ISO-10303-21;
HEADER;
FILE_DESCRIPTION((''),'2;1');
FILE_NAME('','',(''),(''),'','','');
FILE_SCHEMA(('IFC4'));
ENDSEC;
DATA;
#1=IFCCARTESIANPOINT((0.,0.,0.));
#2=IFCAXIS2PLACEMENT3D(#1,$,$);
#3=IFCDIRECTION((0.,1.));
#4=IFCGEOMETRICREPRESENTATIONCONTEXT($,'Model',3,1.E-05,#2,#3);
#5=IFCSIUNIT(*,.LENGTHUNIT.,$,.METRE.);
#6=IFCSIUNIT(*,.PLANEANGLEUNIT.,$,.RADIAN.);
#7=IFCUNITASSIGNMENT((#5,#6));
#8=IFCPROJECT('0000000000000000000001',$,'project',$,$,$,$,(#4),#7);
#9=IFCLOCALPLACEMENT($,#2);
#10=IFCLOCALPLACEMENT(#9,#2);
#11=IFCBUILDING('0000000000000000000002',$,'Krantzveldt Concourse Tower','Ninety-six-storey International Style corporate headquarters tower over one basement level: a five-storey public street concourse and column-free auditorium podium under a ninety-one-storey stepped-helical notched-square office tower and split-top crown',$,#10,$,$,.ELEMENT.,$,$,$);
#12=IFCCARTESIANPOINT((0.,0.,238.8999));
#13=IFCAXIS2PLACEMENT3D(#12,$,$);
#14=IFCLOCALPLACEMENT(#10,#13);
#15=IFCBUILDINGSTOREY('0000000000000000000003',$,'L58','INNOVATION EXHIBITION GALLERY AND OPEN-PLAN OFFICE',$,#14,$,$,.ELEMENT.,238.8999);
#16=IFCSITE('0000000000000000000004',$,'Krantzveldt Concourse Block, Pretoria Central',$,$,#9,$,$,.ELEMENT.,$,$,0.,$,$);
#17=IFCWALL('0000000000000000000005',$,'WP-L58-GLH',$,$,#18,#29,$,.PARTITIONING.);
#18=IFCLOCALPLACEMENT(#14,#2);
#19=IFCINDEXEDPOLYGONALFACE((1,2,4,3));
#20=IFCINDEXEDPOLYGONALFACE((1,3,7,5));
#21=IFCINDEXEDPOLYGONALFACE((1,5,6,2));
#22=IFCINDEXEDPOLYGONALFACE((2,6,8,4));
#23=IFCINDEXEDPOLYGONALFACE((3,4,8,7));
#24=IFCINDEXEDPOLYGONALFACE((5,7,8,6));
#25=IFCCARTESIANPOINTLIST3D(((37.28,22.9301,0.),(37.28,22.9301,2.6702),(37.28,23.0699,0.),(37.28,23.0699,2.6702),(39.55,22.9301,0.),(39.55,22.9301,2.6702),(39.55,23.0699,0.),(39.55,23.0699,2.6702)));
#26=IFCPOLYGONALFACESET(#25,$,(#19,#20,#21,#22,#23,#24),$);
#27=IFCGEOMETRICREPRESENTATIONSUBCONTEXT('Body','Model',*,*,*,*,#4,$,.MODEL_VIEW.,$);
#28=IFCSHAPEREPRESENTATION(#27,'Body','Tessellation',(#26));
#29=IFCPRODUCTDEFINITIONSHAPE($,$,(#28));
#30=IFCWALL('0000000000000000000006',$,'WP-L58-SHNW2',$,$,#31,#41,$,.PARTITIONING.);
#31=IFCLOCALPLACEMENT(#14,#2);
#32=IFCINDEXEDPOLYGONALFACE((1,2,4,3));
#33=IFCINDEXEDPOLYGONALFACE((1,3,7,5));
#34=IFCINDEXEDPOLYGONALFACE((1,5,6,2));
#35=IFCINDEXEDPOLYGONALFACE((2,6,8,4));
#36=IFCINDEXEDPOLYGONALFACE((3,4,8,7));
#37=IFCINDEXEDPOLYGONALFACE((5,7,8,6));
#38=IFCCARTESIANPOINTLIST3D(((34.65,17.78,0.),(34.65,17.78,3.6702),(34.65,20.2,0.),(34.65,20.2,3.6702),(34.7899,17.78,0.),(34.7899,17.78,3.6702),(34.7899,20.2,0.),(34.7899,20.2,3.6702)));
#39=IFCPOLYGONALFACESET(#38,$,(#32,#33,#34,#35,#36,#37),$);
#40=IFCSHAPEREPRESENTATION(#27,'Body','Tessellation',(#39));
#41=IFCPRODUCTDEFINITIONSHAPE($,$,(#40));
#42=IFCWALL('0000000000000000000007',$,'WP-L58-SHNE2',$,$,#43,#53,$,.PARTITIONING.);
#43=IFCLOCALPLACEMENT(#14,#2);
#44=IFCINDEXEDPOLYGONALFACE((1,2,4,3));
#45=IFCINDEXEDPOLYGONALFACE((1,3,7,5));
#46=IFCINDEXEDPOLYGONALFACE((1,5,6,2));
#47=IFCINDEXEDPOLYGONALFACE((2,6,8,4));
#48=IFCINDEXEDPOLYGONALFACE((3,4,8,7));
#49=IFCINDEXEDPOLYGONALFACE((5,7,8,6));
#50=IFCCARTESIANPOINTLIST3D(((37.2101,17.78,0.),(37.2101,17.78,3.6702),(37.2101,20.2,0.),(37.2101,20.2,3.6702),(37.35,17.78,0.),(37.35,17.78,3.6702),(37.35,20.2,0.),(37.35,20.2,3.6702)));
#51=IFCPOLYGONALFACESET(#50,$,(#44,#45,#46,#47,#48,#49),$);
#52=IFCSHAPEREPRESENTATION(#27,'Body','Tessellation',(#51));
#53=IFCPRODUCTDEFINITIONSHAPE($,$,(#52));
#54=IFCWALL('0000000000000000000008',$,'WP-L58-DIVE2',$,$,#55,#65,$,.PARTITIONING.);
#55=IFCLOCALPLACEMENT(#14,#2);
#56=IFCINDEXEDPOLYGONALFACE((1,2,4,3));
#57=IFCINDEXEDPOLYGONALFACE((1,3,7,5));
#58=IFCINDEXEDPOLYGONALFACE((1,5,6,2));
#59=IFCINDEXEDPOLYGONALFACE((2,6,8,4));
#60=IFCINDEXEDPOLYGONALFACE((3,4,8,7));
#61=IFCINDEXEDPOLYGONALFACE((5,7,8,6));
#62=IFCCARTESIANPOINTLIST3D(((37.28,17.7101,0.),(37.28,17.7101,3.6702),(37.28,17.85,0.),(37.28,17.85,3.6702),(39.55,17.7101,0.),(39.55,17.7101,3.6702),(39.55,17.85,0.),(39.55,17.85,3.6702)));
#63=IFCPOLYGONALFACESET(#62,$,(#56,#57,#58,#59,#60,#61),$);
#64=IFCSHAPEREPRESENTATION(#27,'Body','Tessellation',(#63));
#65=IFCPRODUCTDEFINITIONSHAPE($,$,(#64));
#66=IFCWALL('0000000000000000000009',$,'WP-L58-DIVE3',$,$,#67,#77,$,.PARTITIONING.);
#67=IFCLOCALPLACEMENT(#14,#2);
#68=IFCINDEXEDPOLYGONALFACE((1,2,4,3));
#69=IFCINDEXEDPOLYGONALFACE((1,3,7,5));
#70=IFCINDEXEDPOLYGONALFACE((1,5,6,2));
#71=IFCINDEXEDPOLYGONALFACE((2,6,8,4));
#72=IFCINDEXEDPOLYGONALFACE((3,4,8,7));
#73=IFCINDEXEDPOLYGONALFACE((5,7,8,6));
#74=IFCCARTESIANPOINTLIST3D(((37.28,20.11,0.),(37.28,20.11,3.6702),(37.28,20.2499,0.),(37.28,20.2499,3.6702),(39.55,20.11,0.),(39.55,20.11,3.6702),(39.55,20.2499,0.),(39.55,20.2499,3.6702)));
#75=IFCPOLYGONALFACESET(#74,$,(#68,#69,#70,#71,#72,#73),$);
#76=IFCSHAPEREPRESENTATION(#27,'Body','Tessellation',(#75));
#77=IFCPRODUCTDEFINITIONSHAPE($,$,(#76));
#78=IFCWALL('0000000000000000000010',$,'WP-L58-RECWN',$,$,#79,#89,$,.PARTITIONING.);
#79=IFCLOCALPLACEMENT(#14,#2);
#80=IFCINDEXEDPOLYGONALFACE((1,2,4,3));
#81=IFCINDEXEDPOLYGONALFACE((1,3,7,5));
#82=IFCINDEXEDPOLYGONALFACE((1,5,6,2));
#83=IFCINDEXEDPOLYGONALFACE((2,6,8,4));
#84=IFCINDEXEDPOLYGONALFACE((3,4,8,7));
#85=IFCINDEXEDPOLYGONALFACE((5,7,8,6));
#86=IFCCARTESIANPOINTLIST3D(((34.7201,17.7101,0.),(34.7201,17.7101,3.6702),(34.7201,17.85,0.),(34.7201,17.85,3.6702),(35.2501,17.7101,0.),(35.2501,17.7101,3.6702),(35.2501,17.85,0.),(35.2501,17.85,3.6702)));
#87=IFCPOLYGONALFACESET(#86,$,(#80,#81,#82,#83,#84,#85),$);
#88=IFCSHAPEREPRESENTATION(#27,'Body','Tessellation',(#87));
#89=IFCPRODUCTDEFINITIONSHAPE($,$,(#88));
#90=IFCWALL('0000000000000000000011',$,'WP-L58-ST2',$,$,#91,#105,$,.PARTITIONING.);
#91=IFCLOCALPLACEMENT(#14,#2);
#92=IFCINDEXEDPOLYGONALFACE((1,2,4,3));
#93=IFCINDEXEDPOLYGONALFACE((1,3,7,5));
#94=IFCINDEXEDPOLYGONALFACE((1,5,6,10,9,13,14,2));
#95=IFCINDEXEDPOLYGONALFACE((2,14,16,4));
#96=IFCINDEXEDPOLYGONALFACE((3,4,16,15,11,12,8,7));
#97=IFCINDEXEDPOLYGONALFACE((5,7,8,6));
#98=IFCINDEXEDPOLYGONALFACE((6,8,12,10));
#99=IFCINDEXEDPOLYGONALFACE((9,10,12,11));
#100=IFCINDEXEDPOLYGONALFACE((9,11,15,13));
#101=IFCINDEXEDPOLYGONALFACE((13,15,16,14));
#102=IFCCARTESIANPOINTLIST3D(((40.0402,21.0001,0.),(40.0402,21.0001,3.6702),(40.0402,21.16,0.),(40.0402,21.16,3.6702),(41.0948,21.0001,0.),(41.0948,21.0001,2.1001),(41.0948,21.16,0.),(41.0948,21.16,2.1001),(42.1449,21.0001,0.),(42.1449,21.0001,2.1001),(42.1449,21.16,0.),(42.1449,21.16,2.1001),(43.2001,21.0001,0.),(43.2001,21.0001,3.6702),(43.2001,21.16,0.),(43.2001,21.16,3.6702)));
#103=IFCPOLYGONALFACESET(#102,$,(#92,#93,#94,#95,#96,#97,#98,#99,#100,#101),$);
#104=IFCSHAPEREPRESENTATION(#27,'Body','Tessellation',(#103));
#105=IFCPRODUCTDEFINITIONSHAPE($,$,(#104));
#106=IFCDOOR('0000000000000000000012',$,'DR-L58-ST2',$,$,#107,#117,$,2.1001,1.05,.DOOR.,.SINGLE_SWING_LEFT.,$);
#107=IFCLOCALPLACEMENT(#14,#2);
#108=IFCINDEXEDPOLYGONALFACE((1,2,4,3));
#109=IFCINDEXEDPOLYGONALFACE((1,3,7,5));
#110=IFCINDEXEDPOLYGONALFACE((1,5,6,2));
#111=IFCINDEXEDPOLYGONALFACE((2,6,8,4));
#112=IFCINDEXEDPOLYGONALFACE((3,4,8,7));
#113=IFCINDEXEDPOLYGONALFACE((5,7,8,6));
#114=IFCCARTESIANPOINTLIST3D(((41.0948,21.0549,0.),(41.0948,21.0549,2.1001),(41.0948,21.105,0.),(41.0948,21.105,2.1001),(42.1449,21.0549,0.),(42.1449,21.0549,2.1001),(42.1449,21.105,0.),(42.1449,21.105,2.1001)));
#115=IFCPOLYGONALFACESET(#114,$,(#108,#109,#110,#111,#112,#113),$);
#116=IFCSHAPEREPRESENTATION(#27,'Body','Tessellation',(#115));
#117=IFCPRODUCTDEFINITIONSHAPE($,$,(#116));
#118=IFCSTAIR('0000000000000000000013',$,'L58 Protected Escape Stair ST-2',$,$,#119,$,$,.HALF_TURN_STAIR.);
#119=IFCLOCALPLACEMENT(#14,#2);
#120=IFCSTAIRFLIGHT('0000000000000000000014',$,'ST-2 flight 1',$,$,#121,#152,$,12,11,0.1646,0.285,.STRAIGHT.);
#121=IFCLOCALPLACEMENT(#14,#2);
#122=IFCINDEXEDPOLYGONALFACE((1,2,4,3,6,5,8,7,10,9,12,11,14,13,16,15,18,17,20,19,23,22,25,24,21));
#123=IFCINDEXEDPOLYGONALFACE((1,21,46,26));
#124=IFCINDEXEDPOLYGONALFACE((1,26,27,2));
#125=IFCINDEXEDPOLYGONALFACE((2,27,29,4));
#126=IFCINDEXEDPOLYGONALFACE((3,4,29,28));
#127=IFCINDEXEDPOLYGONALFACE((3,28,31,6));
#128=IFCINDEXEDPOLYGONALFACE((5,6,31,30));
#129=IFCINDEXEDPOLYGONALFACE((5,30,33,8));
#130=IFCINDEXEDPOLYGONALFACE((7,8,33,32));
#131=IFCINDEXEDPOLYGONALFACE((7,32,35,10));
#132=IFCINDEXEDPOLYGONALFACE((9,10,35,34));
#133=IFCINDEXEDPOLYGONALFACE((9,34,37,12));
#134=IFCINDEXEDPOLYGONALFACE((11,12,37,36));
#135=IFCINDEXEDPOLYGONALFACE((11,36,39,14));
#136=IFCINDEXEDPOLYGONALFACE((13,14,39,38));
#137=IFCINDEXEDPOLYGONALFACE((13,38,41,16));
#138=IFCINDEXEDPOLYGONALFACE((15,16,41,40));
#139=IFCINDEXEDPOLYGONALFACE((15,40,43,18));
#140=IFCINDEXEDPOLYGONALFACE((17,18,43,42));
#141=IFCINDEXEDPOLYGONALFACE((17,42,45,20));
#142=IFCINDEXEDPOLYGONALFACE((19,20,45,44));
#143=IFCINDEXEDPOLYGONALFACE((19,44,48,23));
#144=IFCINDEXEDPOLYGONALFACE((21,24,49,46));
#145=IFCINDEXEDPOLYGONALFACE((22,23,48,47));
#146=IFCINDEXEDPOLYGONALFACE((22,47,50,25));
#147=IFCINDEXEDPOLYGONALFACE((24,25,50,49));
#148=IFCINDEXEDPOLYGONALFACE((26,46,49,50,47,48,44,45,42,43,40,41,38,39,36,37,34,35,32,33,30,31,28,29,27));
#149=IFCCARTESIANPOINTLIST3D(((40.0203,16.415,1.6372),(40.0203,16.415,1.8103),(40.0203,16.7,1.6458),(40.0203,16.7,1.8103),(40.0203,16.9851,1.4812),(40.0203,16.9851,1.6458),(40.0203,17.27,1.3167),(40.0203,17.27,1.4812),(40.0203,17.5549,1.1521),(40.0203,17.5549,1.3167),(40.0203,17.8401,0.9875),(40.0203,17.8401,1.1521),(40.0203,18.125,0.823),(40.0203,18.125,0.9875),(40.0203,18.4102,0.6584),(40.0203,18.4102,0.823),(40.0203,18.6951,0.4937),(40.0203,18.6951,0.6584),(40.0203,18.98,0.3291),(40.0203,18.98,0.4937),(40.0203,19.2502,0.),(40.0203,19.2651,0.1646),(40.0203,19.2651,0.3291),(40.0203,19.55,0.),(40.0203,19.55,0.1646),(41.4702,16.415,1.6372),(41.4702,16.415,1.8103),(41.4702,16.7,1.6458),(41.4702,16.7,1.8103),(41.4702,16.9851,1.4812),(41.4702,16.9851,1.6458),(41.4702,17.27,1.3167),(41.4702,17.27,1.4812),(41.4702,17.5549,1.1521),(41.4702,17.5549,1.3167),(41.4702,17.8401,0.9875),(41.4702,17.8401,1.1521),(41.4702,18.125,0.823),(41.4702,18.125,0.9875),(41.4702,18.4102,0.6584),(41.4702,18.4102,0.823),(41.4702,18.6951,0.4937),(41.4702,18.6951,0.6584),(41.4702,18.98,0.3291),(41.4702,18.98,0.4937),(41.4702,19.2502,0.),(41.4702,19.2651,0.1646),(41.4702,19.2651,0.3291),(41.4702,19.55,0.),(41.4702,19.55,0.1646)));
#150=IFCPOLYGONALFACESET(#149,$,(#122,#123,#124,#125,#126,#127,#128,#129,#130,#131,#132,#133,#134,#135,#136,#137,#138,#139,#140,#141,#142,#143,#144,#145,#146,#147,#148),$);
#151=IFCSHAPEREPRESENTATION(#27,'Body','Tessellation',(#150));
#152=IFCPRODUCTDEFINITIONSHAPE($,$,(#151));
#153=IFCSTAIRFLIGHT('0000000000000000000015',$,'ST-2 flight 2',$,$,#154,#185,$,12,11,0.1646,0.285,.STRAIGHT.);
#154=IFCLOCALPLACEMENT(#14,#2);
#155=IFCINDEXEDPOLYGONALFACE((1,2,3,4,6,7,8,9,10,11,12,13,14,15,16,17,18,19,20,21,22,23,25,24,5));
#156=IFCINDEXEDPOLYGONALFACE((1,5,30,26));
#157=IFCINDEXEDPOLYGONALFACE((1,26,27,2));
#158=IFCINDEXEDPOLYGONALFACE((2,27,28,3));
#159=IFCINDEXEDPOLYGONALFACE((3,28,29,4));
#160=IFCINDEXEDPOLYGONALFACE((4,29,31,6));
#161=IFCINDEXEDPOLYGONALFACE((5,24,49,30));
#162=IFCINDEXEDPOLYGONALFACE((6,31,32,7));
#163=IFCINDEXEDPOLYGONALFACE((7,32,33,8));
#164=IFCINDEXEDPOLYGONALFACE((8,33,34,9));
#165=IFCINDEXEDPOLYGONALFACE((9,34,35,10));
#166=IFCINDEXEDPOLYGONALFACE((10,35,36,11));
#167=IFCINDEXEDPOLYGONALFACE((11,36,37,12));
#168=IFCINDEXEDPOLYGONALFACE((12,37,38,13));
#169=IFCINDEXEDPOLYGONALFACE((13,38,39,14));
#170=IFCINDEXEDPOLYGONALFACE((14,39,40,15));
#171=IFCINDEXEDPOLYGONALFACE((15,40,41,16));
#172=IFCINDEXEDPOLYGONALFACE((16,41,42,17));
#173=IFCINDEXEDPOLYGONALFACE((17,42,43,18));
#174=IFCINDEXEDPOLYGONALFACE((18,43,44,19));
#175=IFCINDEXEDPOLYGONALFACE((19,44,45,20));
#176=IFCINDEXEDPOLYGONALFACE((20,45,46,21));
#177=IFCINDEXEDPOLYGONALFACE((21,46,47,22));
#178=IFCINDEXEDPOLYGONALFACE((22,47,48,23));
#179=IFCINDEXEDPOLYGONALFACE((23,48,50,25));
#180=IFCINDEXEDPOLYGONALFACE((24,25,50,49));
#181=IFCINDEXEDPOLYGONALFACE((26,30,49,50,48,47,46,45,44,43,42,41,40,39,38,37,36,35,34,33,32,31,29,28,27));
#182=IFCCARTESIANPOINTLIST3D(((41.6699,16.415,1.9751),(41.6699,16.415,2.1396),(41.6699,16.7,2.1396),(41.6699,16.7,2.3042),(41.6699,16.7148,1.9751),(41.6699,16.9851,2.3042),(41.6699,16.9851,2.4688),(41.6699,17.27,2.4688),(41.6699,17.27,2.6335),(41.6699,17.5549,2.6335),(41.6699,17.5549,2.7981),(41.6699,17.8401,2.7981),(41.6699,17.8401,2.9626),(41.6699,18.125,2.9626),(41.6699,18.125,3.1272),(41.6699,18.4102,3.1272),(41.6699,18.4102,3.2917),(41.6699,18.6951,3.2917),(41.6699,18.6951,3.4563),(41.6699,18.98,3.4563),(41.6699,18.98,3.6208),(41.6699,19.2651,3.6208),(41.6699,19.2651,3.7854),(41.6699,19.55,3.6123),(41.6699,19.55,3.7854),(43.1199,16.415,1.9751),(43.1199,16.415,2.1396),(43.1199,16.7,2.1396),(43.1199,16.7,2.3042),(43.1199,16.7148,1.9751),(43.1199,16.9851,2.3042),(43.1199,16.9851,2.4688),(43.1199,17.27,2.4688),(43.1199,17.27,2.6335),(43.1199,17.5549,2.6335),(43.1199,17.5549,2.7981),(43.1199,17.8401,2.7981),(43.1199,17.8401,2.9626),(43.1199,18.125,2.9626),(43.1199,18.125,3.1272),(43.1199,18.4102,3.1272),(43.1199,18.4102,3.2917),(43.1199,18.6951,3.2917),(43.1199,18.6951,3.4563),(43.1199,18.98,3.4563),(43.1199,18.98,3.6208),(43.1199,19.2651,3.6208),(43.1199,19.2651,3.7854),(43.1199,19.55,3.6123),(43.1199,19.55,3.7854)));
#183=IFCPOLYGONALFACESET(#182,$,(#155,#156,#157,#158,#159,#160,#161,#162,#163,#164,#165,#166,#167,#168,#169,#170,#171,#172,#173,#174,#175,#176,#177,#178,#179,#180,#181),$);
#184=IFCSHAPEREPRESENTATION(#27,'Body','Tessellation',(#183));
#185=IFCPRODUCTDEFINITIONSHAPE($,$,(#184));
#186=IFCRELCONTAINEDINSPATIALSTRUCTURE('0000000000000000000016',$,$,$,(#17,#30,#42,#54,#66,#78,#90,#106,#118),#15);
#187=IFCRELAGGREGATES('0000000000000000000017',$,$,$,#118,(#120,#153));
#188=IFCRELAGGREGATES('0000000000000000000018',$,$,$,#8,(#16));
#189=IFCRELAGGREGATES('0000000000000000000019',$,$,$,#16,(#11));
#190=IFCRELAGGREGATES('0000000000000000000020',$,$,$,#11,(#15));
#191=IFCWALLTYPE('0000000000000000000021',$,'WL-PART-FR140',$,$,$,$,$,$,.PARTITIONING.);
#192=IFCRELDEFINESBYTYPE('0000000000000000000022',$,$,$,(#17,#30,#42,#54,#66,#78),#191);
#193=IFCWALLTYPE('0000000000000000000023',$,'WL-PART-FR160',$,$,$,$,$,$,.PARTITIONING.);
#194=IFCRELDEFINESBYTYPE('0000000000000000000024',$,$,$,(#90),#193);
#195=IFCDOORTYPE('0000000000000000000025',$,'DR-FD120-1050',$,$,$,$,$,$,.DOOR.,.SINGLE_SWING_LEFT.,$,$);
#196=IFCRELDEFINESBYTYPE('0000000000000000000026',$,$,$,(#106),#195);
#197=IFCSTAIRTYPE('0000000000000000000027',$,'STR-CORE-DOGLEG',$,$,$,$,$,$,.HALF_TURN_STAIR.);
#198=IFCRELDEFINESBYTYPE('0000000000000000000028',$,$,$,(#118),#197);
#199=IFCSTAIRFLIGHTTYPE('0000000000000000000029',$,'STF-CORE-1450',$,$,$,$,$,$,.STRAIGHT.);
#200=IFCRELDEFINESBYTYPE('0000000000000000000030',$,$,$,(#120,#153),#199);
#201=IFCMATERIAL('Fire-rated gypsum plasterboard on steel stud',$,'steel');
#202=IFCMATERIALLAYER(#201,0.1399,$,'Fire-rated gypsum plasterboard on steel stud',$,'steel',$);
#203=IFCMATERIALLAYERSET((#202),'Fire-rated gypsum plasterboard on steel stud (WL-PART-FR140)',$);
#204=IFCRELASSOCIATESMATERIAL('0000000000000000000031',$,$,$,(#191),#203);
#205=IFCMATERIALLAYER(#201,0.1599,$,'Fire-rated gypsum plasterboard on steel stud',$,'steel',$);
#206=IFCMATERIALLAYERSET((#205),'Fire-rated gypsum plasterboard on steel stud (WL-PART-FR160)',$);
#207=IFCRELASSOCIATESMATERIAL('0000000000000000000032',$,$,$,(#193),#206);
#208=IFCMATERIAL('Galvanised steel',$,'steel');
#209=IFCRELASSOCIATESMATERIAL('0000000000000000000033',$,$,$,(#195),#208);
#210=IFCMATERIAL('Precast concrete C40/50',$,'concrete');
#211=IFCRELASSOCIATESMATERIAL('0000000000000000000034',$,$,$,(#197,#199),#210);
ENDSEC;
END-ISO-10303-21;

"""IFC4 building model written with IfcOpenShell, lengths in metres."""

from ifc_helpers import new_model, si_unit, direction, frame, frame_2d, origin, place, context, subcontext, project, spatial, polyline, rectangle, outline, extrude, material, layer, layer_set, type_object, element, fill, aggregate, save


model = new_model("IFC4")

# Units and contexts
model_context = context("Model", 3, precision=1e-05, world=origin(), true_north=direction((0.0, 1.0)))
body_context = subcontext(model_context, "Body", "Model", "MODEL_VIEW")
ifc_project = project(units=[si_unit("LENGTHUNIT", "METRE"), si_unit("PLANEANGLEUNIT", "RADIAN")], contexts=[model_context])

# Site, building, storey
site_placement = place(None, origin())
site = spatial("IfcSite", under=ifc_project, at=site_placement, Name="Krantzveldt Concourse Block, Pretoria Central", CompositionType="ELEMENT", RefElevation=0.0)
building_placement = place(site_placement, origin())
building = spatial("IfcBuilding", under=site, at=building_placement, Name="Krantzveldt Concourse Tower", Description="Ninety-six-storey International Style corporate headquarters tower over one basement level: a five-storey public street concourse and column-free auditorium podium under a ninety-one-storey stepped-helical notched-square office tower and split-top crown", CompositionType="ELEMENT")
storey_placement = place(building_placement, frame((0.0, 0.0, 238.8999)))
storey = spatial("IfcBuildingStorey", under=building, at=storey_placement, Name="L58", Description="INNOVATION EXHIBITION GALLERY AND OPEN-PLAN OFFICE", CompositionType="ELEMENT", Elevation=238.8999)

# Shared definitions
ifc_material_1 = material(Name="Fire-rated gypsum plasterboard on steel stud", Category="steel")
ifc_layer_1 = layer(ifc_material_1, 0.1399, Name="Fire-rated gypsum plasterboard on steel stud", Category="steel")
ifc_layer_set_1 = layer_set([ifc_layer_1], Name="Fire-rated gypsum plasterboard on steel stud (WL-PART-FR140)")
wall_type_1 = type_object("IfcWallType", Name="WL-PART-FR140", PredefinedType="PARTITIONING", material=ifc_layer_set_1)

# Walls
wall_1_placement = place(storey_placement, frame((37.28, 23.0, 0.0), z_axis=(0.0, 0.0, 1.0), x_axis=(1.0, 0.0, 0.0)))
element("IfcWall", 1, at=wall_1_placement, inside=storey, type_object=wall_type_1, Name="WP-L58-GLH", PredefinedType="PARTITIONING", context=body_context, shape_type="SweptSolid", body=[
    extrude(rectangle(XDim=2.27, YDim=0.1399, at=frame_2d((1.135, 0.0))), origin(), (0.0, 0.0, 1.0), 2.6702),
])
for number, where, z_axis, x_axis, name in (
    (2, (34.72, 17.78, 0.0), (0.0, 0.0, 1.0), (0.0, 1.0, 0.0), "WP-L58-SHNW2"),
    (3, (37.28, 17.78, 0.0), (0.0, 0.0, 1.0), (0.0, 1.0, 0.0), "WP-L58-SHNE2"),
):
    element("IfcWall", number, at=place(storey_placement, frame(where, z_axis=z_axis, x_axis=x_axis)), inside=storey, type_object=wall_type_1, Name=name, PredefinedType="PARTITIONING", context=body_context, shape_type="SweptSolid", body=[
        extrude(rectangle(XDim=2.4199, YDim=0.1399, at=frame_2d((1.21, 0.0))), origin(), (0.0, 0.0, 1.0), 3.6702),
    ])
for number, where, z_axis, x_axis, name in (
    (4, (37.28, 17.78, 0.0), (0.0, 0.0, 1.0), (1.0, 0.0, 0.0), "WP-L58-DIVE2"),
    (5, (37.28, 20.1799, 0.0), (0.0, 0.0, 1.0), (1.0, 0.0, 0.0), "WP-L58-DIVE3"),
):
    element("IfcWall", number, at=place(storey_placement, frame(where, z_axis=z_axis, x_axis=x_axis)), inside=storey, type_object=wall_type_1, Name=name, PredefinedType="PARTITIONING", context=body_context, shape_type="SweptSolid", body=[
        extrude(rectangle(XDim=2.27, YDim=0.1399, at=frame_2d((1.135, 0.0))), origin(), (0.0, 0.0, 1.0), 3.6702),
    ])
wall_2_placement = place(storey_placement, frame((34.72, 17.78, 0.0), z_axis=(0.0, 0.0, 1.0), x_axis=(1.0, 0.0, 0.0)))
element("IfcWall", 6, at=wall_2_placement, inside=storey, type_object=wall_type_1, Name="WP-L58-RECWN", PredefinedType="PARTITIONING", context=body_context, shape_type="SweptSolid", body=[
    extrude(rectangle(XDim=0.53, YDim=0.1399, at=frame_2d((0.2651, 0.0))), origin(), (0.0, 0.0, 1.0), 3.6702),
])

# Wall, opening, door
ifc_layer_2 = layer(ifc_material_1, 0.1599, Name="Fire-rated gypsum plasterboard on steel stud", Category="steel")
ifc_layer_set_2 = layer_set([ifc_layer_2], Name="Fire-rated gypsum plasterboard on steel stud (WL-PART-FR160)")
wall_type_2 = type_object("IfcWallType", Name="WL-PART-FR160", PredefinedType="PARTITIONING", material=ifc_layer_set_2)
wall_3_placement = place(storey_placement, frame((40.04, 21.0801, 0.0), z_axis=(0.0, 0.0, 1.0), x_axis=(1.0, 0.0, 0.0)))
wall_3 = element("IfcWall", 7, at=wall_3_placement, inside=storey, type_object=wall_type_2, Name="WP-L58-ST2", PredefinedType="PARTITIONING", context=body_context, shape_type="SweptSolid", body=[
    extrude(rectangle(XDim=3.1599, YDim=0.1599, at=frame_2d((1.5801, 0.0))), origin(), (0.0, 0.0, 1.0), 3.6702),
])
opening_1_placement = place(wall_3_placement, frame((1.0549, 0.0, 0.0)))
opening_1 = element("IfcOpeningElement", 8, at=opening_1_placement, cuts=wall_3, PredefinedType="OPENING", context=body_context, shape_type="SweptSolid", body=[
    extrude(rectangle(XDim=1.05, YDim=2.1001, at=frame_2d((0.5249, 1.05))), frame((0.0, 0.0898, 0.0), z_axis=(0.0, -1.0, 0.0), x_axis=(1.0, 0.0, 0.0)), (0.0, 0.0, 1.0), 0.1799),
])
ifc_material_2 = material(Name="Galvanised steel", Category="steel")
door_type_1 = type_object("IfcDoorType", Name="DR-FD120-1050", OperationType="SINGLE_SWING_LEFT", PredefinedType="DOOR", material=ifc_material_2)
door_1_placement = place(opening_1_placement, origin())
door_1 = element("IfcDoor", 9, at=door_1_placement, inside=storey, type_object=door_type_1, Name="DR-L58-ST2", OperationType="SINGLE_SWING_LEFT", OverallHeight=2.1001, OverallWidth=1.05, PredefinedType="DOOR", context=body_context, shape_type="SweptSolid", body=[
    extrude(rectangle(XDim=1.05, YDim=2.1001, at=frame_2d((0.5249, 1.05))), frame((0.0, 0.0249, 0.0), z_axis=(0.0, -1.0, 0.0), x_axis=(1.0, 0.0, 0.0)), (0.0, 0.0, 1.0), 0.05),
])
fill(opening_1, door_1)

# Stair, stair flights
ifc_material_3 = material(Name="Precast concrete C40/50", Category="concrete")
stair_type = type_object("IfcStairType", Name="STR-CORE-DOGLEG", PredefinedType="HALF_TURN_STAIR", material=ifc_material_3)
stair_placement = place(storey_placement, origin())
stair = element("IfcStair", 10, at=stair_placement, inside=storey, type_object=stair_type, Name="L58 Protected Escape Stair ST-2", PredefinedType="HALF_TURN_STAIR")
stair_flight_type = type_object("IfcStairFlightType", Name="STF-CORE-1450", PredefinedType="STRAIGHT", material=ifc_material_3)
stair_flight_1_placement = place(storey_placement, frame((40.7451, 19.55, 0.0), z_axis=(0.0, 0.0, 1.0), x_axis=(0.0, -1.0, 0.0)))
stair_flight_1 = element("IfcStairFlight", 11, at=stair_flight_1_placement, type_object=stair_flight_type, Name="ST-2 flight 1", NumberOfRisers=12, NumberOfTreads=11, PredefinedType="STRAIGHT", RiserHeight=0.1646, TreadLength=0.285, context=body_context, shape_type="SweptSolid", body=[
    extrude(outline(polyline([(0.0, 0.0), (0.0, 0.1646), (0.2849, 0.1646), (0.2849, 0.3291), (0.5701, 0.3291), (0.5701, 0.4937), (0.855, 0.4937), (0.855, 0.6584), (1.1399, 0.6584), (1.1399, 0.823), (1.425, 0.823), (1.425, 0.9875), (1.71, 0.9875), (1.71, 1.1521), (1.9951, 1.1521), (1.9951, 1.3167), (2.28, 1.3167), (2.28, 1.4812), (2.5649, 1.4812), (2.5649, 1.6458), (2.8501, 1.6458), (2.8501, 1.8103), (3.135, 1.8103), (3.135, 1.9751), (3.135, 1.6372), (0.2998, 0.0), (0.0, 0.0)])), frame((0.0, 0.7251, 0.0), z_axis=(0.0, -1.0, 0.0), x_axis=(1.0, 0.0, 0.0)), (0.0, 0.0, 1.0), 1.45),
])
stair_flight_2_placement = place(storey_placement, frame((42.395, 16.415, 1.9751), z_axis=(0.0, 0.0, 1.0), x_axis=(0.0, 1.0, 0.0)))
stair_flight_2 = element("IfcStairFlight", 12, at=stair_flight_2_placement, type_object=stair_flight_type, Name="ST-2 flight 2", NumberOfRisers=12, NumberOfTreads=11, PredefinedType="STRAIGHT", RiserHeight=0.1646, TreadLength=0.285, context=body_context, shape_type="SweptSolid", body=[
    extrude(outline(polyline([(0.0, 0.0), (0.0, 0.1646), (0.2849, 0.1646), (0.2849, 0.3291), (0.5701, 0.3291), (0.5701, 0.4937), (0.855, 0.4937), (0.855, 0.6584), (1.1399, 0.6584), (1.1399, 0.823), (1.425, 0.823), (1.425, 0.9875), (1.71, 0.9875), (1.71, 1.1521), (1.9951, 1.1521), (1.9951, 1.3167), (2.28, 1.3167), (2.28, 1.4812), (2.5649, 1.4812), (2.5649, 1.6458), (2.8501, 1.6458), (2.8501, 1.8103), (3.135, 1.8103), (3.135, 1.9751), (3.135, 1.6372), (0.2998, 0.0), (0.0, 0.0)])), frame((0.0, 0.7251, 0.0), z_axis=(0.0, -1.0, 0.0), x_axis=(1.0, 0.0, 0.0)), (0.0, 0.0, 1.0), 1.45),
])
aggregate(stair, [stair_flight_1, stair_flight_2])

save(model, "model.ifc")
